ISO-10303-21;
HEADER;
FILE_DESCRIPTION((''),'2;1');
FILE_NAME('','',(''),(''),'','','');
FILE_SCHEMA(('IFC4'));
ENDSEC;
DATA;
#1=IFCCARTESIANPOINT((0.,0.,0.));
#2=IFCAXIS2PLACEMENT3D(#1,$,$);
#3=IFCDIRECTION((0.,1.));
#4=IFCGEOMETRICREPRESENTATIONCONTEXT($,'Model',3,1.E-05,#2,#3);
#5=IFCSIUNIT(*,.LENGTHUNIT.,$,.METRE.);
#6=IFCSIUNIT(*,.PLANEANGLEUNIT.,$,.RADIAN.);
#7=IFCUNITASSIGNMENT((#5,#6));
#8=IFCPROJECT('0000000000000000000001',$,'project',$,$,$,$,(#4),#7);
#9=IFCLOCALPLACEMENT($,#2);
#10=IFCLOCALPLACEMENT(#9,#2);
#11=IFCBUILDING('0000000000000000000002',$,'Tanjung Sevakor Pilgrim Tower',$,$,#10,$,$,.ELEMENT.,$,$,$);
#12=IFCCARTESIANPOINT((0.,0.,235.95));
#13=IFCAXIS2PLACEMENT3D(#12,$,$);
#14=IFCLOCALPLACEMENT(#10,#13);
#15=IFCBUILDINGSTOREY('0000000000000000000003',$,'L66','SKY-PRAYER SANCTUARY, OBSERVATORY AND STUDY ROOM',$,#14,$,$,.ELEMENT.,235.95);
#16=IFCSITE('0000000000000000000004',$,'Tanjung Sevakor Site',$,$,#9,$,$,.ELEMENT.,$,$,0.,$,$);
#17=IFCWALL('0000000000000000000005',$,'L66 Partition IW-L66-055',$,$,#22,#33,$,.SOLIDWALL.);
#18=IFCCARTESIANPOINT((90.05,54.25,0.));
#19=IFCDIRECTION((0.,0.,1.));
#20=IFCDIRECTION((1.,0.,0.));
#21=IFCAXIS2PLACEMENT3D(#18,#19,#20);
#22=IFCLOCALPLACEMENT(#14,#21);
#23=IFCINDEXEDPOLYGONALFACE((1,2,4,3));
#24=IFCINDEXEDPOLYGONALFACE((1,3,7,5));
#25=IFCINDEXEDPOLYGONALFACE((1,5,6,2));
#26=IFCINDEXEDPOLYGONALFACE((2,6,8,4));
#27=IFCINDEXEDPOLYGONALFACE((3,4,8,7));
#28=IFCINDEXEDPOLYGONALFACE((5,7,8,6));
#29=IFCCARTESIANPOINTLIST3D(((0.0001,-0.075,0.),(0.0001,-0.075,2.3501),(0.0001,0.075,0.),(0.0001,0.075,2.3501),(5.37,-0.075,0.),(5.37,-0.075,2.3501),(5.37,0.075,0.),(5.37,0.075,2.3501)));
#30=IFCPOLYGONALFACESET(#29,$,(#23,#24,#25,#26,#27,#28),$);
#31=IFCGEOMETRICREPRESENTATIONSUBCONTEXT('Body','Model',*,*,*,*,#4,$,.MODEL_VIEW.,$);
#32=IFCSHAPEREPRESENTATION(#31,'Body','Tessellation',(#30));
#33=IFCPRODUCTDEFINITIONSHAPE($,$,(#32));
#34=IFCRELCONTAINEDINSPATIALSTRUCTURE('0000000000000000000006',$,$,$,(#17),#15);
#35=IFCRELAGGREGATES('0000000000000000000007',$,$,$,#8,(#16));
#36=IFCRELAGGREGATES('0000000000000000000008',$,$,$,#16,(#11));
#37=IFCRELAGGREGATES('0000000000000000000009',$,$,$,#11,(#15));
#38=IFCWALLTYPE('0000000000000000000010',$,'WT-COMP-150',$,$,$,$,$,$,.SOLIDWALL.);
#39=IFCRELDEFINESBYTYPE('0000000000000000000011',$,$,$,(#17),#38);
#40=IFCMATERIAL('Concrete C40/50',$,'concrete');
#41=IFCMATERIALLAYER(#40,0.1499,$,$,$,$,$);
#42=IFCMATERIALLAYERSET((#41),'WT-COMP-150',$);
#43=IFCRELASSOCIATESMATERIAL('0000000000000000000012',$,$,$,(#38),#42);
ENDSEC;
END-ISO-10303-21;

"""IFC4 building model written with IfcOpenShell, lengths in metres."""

from ifc_helpers import new_model, si_unit, direction, frame, frame_2d, origin, place, context, subcontext, project, spatial, rectangle, extrude, material, layer, layer_set, type_object, element, save


model = new_model("IFC4")

# Units and contexts
model_context = context("Model", 3, precision=1e-05, world=origin(), true_north=direction((0.0, 1.0)))
body_context = subcontext(model_context, "Body", "Model", "MODEL_VIEW")
ifc_project = project(units=[si_unit("LENGTHUNIT", "METRE"), si_unit("PLANEANGLEUNIT", "RADIAN")], contexts=[model_context])

# Site, building, storey
site_placement = place(None, origin())
site = spatial("IfcSite", under=ifc_project, at=site_placement, Name="Tanjung Sevakor Site", CompositionType="ELEMENT", RefElevation=0.0)
building_placement = place(site_placement, origin())
building = spatial("IfcBuilding", under=site, at=building_placement, Name="Tanjung Sevakor Pilgrim Tower", CompositionType="ELEMENT")
storey_placement = place(building_placement, frame((0.0, 0.0, 235.95)))
storey = spatial("IfcBuildingStorey", under=building, at=storey_placement, Name="L66", Description="SKY-PRAYER SANCTUARY, OBSERVATORY AND STUDY ROOM", CompositionType="ELEMENT", Elevation=235.95)

# Shared definitions
ifc_material_1 = material(Name="Concrete C40/50", Category="concrete")
ifc_layer_1 = layer(ifc_material_1, 0.1499)
ifc_layer_set_1 = layer_set([ifc_layer_1], Name="WT-COMP-150")
wall_type_1 = type_object("IfcWallType", Name="WT-COMP-150", PredefinedType="SOLIDWALL", material=ifc_layer_set_1)

# Wall
wall_1_placement = place(storey_placement, frame((90.05, 54.25, 0.0), z_axis=(0.0, 0.0, 1.0), x_axis=(1.0, 0.0, 0.0)))
element("IfcWall", 1, at=wall_1_placement, inside=storey, type_object=wall_type_1, Name="L66 Partition IW-L66-055", PredefinedType="SOLIDWALL", context=body_context, shape_type="SweptSolid", body=[
    extrude(rectangle(XDim=5.3699, YDim=0.1499, at=frame_2d((2.6851, 0.0))), origin(), (0.0, 0.0, 1.0), 2.3501),
])

save(model, "model.ifc")
